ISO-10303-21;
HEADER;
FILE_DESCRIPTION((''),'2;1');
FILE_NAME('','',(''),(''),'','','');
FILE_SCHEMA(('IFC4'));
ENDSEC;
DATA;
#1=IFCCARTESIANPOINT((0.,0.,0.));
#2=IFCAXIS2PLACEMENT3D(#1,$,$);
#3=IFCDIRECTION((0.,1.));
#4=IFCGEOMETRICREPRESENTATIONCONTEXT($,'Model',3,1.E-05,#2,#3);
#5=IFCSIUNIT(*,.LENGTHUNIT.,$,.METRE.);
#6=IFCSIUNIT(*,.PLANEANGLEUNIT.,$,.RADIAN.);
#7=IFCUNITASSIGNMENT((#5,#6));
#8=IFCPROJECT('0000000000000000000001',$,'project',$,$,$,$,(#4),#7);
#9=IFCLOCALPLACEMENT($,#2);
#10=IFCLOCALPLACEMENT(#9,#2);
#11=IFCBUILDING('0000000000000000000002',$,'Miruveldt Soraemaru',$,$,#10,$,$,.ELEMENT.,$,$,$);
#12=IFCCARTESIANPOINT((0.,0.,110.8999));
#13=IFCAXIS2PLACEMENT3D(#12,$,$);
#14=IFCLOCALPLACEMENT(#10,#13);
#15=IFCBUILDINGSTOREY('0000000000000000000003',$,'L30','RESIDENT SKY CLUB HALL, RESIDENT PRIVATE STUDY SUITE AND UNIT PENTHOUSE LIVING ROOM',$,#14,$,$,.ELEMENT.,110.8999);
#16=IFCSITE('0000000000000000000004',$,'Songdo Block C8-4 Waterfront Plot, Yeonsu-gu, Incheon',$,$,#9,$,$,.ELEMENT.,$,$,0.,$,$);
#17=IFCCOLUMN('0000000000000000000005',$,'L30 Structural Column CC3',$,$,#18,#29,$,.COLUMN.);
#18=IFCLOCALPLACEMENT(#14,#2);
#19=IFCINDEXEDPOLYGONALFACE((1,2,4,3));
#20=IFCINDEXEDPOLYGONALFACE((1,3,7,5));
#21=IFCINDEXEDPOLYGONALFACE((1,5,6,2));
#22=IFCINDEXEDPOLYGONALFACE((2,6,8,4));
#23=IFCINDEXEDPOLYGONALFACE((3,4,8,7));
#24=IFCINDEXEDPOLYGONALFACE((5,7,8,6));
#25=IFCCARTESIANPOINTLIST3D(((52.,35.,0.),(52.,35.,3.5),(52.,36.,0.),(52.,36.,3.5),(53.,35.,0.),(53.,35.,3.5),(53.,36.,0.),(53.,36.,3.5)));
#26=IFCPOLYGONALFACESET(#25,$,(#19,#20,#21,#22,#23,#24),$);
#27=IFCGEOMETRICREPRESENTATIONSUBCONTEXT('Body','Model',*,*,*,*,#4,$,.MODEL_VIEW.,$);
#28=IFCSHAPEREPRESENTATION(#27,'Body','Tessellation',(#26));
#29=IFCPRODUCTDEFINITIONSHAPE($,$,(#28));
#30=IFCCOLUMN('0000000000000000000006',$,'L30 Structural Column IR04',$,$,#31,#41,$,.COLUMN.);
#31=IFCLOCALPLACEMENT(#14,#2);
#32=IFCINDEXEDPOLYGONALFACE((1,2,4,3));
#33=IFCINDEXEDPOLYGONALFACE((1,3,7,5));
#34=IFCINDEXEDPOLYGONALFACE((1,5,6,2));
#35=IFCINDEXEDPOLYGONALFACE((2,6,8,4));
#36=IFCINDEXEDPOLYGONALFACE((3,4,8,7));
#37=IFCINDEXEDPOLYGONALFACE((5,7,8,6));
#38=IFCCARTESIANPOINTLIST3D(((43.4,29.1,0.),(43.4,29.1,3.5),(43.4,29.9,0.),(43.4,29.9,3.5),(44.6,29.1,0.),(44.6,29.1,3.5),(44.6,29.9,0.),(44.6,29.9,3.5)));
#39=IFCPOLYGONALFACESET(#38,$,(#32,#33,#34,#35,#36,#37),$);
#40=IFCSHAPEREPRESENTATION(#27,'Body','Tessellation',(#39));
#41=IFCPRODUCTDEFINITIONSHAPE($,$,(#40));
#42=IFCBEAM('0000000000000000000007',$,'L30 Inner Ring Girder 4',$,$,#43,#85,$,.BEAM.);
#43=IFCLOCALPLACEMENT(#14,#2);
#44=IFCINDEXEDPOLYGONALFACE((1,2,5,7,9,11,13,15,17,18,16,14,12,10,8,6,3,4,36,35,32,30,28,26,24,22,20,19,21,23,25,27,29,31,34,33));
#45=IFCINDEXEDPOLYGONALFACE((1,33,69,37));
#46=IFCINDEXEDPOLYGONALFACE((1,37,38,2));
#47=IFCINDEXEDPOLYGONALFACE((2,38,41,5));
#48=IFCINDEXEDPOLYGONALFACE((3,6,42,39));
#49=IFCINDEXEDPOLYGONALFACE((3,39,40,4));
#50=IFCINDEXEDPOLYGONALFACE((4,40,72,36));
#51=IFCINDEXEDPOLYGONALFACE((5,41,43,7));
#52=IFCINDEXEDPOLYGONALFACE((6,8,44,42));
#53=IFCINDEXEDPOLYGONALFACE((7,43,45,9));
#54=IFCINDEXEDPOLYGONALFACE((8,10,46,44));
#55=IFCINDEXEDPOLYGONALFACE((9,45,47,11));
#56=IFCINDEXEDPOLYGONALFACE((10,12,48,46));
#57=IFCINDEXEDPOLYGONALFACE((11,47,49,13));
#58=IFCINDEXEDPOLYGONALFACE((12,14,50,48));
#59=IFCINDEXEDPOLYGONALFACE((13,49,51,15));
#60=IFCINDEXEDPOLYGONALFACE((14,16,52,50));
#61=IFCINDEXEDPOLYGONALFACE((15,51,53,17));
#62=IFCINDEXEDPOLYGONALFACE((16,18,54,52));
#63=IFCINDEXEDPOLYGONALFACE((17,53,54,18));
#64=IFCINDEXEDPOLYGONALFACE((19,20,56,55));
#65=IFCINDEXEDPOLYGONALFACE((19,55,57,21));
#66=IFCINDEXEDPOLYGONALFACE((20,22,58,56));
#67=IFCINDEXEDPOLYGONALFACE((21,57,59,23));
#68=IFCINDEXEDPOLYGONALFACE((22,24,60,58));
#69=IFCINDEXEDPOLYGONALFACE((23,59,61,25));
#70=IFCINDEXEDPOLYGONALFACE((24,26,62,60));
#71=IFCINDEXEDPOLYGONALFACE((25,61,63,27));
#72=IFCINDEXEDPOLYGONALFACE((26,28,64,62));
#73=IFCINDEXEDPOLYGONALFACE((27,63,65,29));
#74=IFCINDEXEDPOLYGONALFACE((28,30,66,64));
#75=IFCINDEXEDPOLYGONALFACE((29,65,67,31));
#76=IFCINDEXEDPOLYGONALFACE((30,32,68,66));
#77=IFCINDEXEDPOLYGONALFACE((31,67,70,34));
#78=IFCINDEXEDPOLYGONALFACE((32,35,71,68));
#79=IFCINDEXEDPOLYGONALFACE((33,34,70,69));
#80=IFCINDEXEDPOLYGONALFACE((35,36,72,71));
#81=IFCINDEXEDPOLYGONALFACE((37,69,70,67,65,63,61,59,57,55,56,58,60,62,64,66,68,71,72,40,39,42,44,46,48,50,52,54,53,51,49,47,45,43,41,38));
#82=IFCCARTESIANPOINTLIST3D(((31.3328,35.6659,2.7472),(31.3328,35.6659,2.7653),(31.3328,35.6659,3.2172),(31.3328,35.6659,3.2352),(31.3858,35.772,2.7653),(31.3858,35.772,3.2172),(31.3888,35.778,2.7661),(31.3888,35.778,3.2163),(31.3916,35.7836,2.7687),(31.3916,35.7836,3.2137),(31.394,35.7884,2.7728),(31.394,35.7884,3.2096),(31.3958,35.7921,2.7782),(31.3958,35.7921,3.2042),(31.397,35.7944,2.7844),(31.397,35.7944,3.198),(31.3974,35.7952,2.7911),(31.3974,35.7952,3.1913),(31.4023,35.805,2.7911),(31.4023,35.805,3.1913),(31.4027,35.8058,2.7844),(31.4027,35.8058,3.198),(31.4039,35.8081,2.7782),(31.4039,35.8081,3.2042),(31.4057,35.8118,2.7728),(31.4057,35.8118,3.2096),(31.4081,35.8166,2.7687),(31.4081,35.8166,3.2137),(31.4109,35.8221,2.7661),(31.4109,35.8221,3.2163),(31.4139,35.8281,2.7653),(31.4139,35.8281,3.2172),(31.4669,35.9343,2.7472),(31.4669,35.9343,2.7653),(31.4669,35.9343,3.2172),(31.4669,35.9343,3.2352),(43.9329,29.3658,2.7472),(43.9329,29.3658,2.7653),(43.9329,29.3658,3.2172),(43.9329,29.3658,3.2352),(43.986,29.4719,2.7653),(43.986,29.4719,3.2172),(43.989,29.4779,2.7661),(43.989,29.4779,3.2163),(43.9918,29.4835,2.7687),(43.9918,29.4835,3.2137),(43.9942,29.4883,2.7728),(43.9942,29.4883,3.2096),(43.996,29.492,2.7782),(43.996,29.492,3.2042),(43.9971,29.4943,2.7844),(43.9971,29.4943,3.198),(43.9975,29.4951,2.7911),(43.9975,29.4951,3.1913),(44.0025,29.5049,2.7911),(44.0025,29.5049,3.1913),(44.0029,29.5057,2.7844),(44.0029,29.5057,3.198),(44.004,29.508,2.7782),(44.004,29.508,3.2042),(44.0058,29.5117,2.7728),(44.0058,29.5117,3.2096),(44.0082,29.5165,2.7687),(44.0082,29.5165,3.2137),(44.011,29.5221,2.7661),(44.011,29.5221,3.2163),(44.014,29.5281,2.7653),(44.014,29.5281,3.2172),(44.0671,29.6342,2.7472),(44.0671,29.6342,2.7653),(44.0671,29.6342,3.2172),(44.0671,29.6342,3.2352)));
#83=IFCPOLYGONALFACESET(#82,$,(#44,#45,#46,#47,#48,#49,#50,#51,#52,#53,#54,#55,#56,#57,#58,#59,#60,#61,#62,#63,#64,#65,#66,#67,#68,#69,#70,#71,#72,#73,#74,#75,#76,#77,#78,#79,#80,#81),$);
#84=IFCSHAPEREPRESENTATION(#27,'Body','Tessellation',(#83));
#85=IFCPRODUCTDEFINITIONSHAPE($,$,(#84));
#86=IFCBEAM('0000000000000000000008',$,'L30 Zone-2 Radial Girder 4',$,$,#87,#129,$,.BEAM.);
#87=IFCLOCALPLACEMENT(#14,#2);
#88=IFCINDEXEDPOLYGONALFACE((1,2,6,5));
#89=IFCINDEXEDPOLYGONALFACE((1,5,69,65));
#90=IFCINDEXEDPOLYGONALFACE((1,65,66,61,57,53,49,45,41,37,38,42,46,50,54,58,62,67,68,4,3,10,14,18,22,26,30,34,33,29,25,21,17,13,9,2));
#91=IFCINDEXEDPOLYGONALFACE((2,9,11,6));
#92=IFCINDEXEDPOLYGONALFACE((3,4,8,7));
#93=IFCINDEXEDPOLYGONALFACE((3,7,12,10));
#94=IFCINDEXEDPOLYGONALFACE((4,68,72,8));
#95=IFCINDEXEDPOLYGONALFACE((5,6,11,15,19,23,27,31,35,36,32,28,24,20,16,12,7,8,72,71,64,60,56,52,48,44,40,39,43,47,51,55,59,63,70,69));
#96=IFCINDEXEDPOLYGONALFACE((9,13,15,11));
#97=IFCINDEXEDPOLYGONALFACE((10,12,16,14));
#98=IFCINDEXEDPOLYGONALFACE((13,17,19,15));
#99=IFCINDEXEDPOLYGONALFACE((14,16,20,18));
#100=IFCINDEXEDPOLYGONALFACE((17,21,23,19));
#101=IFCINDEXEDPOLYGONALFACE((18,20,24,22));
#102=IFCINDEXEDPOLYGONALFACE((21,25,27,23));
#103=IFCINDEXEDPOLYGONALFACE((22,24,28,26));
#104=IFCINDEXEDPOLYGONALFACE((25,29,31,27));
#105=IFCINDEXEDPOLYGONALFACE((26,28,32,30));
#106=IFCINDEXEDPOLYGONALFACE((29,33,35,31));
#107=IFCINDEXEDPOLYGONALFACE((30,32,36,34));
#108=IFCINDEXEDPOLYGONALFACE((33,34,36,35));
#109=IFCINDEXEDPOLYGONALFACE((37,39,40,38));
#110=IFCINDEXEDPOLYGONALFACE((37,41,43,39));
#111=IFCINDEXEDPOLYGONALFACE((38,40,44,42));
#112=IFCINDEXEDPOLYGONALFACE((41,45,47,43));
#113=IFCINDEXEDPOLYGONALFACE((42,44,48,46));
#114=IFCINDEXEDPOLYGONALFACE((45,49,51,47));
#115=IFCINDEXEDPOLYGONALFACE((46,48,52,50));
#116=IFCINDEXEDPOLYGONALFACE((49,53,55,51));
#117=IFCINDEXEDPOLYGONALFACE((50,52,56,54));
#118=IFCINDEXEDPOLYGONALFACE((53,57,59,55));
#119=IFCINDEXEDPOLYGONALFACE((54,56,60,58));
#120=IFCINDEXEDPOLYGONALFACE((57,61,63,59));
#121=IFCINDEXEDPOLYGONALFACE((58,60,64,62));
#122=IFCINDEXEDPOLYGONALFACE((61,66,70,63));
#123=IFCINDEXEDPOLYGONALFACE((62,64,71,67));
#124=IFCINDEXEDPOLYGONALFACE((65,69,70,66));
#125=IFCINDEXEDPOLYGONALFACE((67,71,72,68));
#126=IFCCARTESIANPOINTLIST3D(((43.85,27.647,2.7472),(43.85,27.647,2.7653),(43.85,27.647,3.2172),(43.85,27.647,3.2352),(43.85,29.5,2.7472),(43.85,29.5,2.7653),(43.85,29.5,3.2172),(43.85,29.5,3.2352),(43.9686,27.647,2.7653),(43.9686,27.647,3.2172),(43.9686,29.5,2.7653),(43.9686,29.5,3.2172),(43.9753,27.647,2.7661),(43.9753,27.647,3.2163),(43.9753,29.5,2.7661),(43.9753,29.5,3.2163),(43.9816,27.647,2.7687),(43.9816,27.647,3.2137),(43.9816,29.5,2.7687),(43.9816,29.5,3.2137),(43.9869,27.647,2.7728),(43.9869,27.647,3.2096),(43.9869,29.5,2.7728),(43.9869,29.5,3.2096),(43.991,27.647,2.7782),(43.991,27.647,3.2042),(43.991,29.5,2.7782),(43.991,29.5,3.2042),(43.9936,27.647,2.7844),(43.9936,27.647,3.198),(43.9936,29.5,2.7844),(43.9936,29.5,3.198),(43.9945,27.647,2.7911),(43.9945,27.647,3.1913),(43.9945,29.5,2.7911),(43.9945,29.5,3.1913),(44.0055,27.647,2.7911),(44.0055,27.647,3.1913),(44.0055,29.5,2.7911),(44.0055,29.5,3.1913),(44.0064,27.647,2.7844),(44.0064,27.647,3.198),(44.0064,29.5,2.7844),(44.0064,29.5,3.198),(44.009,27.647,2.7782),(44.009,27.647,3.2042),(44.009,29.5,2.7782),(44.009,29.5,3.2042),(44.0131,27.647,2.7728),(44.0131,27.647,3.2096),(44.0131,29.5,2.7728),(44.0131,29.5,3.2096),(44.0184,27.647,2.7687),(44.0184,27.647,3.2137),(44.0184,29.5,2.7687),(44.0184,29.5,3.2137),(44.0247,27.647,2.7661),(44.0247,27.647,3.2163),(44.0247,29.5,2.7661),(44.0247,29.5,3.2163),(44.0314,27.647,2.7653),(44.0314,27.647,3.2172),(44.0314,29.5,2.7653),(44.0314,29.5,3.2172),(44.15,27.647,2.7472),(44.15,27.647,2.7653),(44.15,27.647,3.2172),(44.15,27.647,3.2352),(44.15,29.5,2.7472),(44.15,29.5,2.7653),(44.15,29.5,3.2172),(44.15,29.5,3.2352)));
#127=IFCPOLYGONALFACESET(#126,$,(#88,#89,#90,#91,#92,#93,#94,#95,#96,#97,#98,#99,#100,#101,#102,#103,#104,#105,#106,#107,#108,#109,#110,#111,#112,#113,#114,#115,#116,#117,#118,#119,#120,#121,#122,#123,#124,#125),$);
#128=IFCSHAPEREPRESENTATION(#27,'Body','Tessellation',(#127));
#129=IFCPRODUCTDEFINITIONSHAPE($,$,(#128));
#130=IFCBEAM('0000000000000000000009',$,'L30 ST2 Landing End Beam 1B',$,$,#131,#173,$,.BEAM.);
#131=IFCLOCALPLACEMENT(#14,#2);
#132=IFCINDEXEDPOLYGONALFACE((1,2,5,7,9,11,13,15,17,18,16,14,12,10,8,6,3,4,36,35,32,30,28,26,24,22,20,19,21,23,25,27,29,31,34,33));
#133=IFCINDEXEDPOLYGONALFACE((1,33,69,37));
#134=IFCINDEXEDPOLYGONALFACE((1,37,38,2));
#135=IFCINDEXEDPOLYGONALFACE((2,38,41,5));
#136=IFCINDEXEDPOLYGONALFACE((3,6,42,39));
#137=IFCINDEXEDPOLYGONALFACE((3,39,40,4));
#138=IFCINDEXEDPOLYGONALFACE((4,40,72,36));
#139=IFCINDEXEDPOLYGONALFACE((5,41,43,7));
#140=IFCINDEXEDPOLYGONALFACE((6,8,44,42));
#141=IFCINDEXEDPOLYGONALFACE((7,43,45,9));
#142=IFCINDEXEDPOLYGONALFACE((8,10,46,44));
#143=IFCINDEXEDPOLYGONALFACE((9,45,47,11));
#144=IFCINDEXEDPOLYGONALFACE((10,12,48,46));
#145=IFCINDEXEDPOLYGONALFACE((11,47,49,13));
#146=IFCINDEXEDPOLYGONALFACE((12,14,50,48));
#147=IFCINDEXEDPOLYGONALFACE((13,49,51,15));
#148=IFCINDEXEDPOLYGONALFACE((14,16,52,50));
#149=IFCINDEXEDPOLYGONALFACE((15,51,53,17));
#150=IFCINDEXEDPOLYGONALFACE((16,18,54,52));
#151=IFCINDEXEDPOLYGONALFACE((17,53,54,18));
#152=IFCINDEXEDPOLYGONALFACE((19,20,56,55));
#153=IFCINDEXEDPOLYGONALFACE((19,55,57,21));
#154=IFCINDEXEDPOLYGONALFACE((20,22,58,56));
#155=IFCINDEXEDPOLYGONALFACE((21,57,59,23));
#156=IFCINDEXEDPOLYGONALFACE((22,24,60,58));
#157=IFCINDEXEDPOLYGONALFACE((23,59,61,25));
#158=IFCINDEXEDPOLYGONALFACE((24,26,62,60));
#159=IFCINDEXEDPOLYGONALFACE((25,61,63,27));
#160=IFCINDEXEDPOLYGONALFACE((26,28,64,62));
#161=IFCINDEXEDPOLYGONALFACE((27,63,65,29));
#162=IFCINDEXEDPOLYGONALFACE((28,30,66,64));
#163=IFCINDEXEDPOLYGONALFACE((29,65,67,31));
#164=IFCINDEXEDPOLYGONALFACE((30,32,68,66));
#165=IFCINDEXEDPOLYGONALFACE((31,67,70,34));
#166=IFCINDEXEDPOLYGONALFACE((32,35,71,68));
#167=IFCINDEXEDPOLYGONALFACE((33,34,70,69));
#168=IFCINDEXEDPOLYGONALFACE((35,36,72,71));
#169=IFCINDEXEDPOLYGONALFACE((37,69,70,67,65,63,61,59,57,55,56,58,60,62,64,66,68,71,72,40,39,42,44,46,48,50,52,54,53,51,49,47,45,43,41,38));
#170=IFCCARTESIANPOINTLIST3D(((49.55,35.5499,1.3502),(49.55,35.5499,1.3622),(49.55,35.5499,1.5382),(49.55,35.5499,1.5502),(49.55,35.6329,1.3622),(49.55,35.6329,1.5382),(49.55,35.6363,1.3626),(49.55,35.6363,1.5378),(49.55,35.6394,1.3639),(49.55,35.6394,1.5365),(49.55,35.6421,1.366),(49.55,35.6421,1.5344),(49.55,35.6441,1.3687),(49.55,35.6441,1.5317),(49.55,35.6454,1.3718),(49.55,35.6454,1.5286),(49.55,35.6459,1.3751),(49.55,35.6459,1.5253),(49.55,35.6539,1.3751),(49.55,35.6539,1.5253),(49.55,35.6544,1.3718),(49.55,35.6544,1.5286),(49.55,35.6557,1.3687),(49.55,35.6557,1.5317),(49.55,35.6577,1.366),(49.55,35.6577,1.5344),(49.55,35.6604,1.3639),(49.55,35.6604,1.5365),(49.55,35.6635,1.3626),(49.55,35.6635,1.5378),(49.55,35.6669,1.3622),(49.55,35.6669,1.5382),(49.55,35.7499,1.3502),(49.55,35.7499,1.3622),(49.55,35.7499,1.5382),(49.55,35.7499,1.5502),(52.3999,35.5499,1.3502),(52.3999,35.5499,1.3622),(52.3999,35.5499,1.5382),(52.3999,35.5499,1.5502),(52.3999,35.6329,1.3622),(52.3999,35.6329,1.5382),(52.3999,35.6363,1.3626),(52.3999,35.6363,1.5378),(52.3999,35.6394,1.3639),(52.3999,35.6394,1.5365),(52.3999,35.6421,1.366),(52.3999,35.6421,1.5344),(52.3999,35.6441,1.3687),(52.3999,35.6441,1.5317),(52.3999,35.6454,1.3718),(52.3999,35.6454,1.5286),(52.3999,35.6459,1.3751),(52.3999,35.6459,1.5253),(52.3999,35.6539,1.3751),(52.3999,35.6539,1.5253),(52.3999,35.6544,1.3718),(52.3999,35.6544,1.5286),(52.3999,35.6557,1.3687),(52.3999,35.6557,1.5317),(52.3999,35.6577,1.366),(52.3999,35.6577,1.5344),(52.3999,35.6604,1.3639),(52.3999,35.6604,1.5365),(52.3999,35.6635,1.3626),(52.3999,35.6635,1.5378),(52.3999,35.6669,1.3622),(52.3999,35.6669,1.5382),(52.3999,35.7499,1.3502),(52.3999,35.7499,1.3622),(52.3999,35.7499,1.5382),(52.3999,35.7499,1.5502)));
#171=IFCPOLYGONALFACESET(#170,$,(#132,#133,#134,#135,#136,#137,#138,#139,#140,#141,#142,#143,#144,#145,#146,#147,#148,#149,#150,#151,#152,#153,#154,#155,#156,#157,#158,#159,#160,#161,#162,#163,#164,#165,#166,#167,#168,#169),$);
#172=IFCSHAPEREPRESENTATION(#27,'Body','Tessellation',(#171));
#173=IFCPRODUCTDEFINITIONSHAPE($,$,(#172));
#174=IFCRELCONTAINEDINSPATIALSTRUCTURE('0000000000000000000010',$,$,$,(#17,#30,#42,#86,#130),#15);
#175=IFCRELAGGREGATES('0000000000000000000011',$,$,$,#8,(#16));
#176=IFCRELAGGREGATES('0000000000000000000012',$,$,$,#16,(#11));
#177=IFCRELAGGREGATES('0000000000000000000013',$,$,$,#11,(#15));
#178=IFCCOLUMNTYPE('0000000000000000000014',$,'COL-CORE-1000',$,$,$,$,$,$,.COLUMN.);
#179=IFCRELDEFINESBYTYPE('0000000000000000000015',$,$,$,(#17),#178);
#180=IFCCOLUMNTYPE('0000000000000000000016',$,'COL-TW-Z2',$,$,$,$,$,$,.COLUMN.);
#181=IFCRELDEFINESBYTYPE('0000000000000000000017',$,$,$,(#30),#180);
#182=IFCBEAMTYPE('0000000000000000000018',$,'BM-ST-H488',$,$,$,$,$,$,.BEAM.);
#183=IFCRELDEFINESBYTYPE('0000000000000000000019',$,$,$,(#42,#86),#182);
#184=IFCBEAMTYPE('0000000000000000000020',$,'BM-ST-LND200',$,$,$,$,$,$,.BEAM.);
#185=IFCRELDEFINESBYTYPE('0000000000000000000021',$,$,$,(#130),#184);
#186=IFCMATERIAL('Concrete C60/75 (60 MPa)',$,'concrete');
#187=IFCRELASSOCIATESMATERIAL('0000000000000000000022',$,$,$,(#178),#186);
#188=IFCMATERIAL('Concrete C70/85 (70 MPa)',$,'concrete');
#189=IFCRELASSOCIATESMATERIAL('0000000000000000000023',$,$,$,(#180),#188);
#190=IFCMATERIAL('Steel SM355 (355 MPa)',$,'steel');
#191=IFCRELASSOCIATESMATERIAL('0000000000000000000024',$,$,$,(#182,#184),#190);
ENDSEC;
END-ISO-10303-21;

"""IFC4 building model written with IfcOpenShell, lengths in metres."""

from ifc_helpers import new_model, si_unit, direction, frame, origin, origin_2d, place, context, subcontext, project, spatial, rectangle, i_section, extrude, material, material_profile, profile_set, type_object, element, save


model = new_model("IFC4")

# Units and contexts
model_context = context("Model", 3, precision=1e-05, world=origin(), true_north=direction((0.0, 1.0)))
body_context = subcontext(model_context, "Body", "Model", "MODEL_VIEW")
ifc_project = project(units=[si_unit("LENGTHUNIT", "METRE"), si_unit("PLANEANGLEUNIT", "RADIAN")], contexts=[model_context])

# Site, building, storey
site_placement = place(None, origin())
site = spatial("IfcSite", under=ifc_project, at=site_placement, Name="Songdo Block C8-4 Waterfront Plot, Yeonsu-gu, Incheon", CompositionType="ELEMENT", RefElevation=0.0)
building_placement = place(site_placement, origin())
building = spatial("IfcBuilding", under=site, at=building_placement, Name="Miruveldt Soraemaru", CompositionType="ELEMENT")
storey_placement = place(building_placement, frame((0.0, 0.0, 110.8999)))
storey = spatial("IfcBuildingStorey", under=building, at=storey_placement, Name="L30", Description="RESIDENT SKY CLUB HALL, RESIDENT PRIVATE STUDY SUITE AND UNIT PENTHOUSE LIVING ROOM", CompositionType="ELEMENT", Elevation=110.8999)

# Columns
ifc_material_1 = material(Name="Concrete C60/75 (60 MPa)", Category="concrete")
ifc_material_profile_1 = material_profile(ifc_material_1, rectangle(XDim=1.0, YDim=1.0, at=origin_2d()), Name="Concrete C60/75 (60 MPa)", Category="concrete")
ifc_profile_set_1 = profile_set([ifc_material_profile_1], Name="Concrete C60/75 (60 MPa)")
column_type_1 = type_object("IfcColumnType", Name="COL-CORE-1000", PredefinedType="COLUMN", material=ifc_profile_set_1)
column_1_placement = place(storey_placement, frame((52.5, 35.5, 0.0), z_axis=(0.0, 0.0, 1.0), x_axis=(1.0, 0.0, 0.0)))
element("IfcColumn", 1, at=column_1_placement, inside=storey, type_object=column_type_1, Name="L30 Structural Column CC3", PredefinedType="COLUMN", context=body_context, shape_type="SweptSolid", body=[
    extrude(rectangle(XDim=1.0, YDim=1.0, at=origin_2d()), origin(), (0.0, 0.0, 1.0), 3.5),
])
ifc_material_2 = material(Name="Concrete C70/85 (70 MPa)", Category="concrete")
ifc_material_profile_2 = material_profile(ifc_material_2, rectangle(XDim=1.2, YDim=0.8, at=origin_2d()), Name="Concrete C70/85 (70 MPa)", Category="concrete")
ifc_profile_set_2 = profile_set([ifc_material_profile_2], Name="Concrete C70/85 (70 MPa)")
column_type_2 = type_object("IfcColumnType", Name="COL-TW-Z2", PredefinedType="COLUMN", material=ifc_profile_set_2)
column_2_placement = place(storey_placement, frame((44.0, 29.5, 0.0), z_axis=(0.0, 0.0, 1.0), x_axis=(1.0, 0.0, 0.0)))
element("IfcColumn", 2, at=column_2_placement, inside=storey, type_object=column_type_2, Name="L30 Structural Column IR04", PredefinedType="COLUMN", context=body_context, shape_type="SweptSolid", body=[
    extrude(rectangle(XDim=1.2, YDim=0.8, at=origin_2d()), origin(), (0.0, 0.0, 1.0), 3.5),
])

# Beams
ifc_material_3 = material(Name="Steel SM355 (355 MPa)", Category="steel")
ifc_material_profile_3 = material_profile(ifc_material_3, i_section(OverallWidth=0.3, OverallDepth=0.488, WebThickness=0.011, FlangeThickness=0.0181, FilletRadius=0.0259, at=origin_2d()), Name="Steel SM355 (355 MPa)", Category="steel")
ifc_profile_set_3 = profile_set([ifc_material_profile_3], Name="Steel SM355 (355 MPa)")
beam_type_1 = type_object("IfcBeamType", Name="BM-ST-H488", PredefinedType="BEAM", material=ifc_profile_set_3)
beam_1_placement = place(storey_placement, frame((44.0, 29.5, 2.9912), z_axis=(-0.894427, 0.447214, 0.0), x_axis=(-0.447214, -0.894427, 0.0)))
element("IfcBeam", 3, at=beam_1_placement, inside=storey, type_object=beam_type_1, Name="L30 Inner Ring Girder 4", PredefinedType="BEAM", context=body_context, shape_type="SweptSolid", body=[
    extrude(i_section(OverallWidth=0.3, OverallDepth=0.488, WebThickness=0.011, FlangeThickness=0.0181, FilletRadius=0.0259, at=origin_2d()), origin(), (0.0, 0.0, 1.0), 14.0874),
])
beam_2_placement = place(storey_placement, frame((44.0, 29.5, 2.9912), z_axis=(0.0, -1.0, 0.0), x_axis=(1.0, 0.0, 0.0)))
element("IfcBeam", 4, at=beam_2_placement, inside=storey, type_object=beam_type_1, Name="L30 Zone-2 Radial Girder 4", PredefinedType="BEAM", context=body_context, shape_type="SweptSolid", body=[
    extrude(i_section(OverallWidth=0.3, OverallDepth=0.488, WebThickness=0.011, FlangeThickness=0.0181, FilletRadius=0.0259, at=origin_2d()), origin(), (0.0, 0.0, 1.0), 1.853),
])
ifc_material_profile_4 = material_profile(ifc_material_3, i_section(OverallWidth=0.2, OverallDepth=0.2, WebThickness=0.0081, FlangeThickness=0.012, FilletRadius=0.0129, at=origin_2d()), Name="Steel SM355 (355 MPa)", Category="steel")
ifc_profile_set_4 = profile_set([ifc_material_profile_4], Name="Steel SM355 (355 MPa)")
beam_type_2 = type_object("IfcBeamType", Name="BM-ST-LND200", PredefinedType="BEAM", material=ifc_profile_set_4)
beam_3_placement = place(storey_placement, frame((49.55, 35.6499, 1.4502), z_axis=(1.0, 0.0, 0.0), x_axis=(0.0, 1.0, 0.0)))
element("IfcBeam", 5, at=beam_3_placement, inside=storey, type_object=beam_type_2, Name="L30 ST2 Landing End Beam 1B", PredefinedType="BEAM", context=body_context, shape_type="SweptSolid", body=[
    extrude(i_section(OverallWidth=0.2, OverallDepth=0.2, WebThickness=0.0081, FlangeThickness=0.012, FilletRadius=0.0129, at=origin_2d()), origin(), (0.0, 0.0, 1.0), 2.8499),
])

save(model, "model.ifc")
